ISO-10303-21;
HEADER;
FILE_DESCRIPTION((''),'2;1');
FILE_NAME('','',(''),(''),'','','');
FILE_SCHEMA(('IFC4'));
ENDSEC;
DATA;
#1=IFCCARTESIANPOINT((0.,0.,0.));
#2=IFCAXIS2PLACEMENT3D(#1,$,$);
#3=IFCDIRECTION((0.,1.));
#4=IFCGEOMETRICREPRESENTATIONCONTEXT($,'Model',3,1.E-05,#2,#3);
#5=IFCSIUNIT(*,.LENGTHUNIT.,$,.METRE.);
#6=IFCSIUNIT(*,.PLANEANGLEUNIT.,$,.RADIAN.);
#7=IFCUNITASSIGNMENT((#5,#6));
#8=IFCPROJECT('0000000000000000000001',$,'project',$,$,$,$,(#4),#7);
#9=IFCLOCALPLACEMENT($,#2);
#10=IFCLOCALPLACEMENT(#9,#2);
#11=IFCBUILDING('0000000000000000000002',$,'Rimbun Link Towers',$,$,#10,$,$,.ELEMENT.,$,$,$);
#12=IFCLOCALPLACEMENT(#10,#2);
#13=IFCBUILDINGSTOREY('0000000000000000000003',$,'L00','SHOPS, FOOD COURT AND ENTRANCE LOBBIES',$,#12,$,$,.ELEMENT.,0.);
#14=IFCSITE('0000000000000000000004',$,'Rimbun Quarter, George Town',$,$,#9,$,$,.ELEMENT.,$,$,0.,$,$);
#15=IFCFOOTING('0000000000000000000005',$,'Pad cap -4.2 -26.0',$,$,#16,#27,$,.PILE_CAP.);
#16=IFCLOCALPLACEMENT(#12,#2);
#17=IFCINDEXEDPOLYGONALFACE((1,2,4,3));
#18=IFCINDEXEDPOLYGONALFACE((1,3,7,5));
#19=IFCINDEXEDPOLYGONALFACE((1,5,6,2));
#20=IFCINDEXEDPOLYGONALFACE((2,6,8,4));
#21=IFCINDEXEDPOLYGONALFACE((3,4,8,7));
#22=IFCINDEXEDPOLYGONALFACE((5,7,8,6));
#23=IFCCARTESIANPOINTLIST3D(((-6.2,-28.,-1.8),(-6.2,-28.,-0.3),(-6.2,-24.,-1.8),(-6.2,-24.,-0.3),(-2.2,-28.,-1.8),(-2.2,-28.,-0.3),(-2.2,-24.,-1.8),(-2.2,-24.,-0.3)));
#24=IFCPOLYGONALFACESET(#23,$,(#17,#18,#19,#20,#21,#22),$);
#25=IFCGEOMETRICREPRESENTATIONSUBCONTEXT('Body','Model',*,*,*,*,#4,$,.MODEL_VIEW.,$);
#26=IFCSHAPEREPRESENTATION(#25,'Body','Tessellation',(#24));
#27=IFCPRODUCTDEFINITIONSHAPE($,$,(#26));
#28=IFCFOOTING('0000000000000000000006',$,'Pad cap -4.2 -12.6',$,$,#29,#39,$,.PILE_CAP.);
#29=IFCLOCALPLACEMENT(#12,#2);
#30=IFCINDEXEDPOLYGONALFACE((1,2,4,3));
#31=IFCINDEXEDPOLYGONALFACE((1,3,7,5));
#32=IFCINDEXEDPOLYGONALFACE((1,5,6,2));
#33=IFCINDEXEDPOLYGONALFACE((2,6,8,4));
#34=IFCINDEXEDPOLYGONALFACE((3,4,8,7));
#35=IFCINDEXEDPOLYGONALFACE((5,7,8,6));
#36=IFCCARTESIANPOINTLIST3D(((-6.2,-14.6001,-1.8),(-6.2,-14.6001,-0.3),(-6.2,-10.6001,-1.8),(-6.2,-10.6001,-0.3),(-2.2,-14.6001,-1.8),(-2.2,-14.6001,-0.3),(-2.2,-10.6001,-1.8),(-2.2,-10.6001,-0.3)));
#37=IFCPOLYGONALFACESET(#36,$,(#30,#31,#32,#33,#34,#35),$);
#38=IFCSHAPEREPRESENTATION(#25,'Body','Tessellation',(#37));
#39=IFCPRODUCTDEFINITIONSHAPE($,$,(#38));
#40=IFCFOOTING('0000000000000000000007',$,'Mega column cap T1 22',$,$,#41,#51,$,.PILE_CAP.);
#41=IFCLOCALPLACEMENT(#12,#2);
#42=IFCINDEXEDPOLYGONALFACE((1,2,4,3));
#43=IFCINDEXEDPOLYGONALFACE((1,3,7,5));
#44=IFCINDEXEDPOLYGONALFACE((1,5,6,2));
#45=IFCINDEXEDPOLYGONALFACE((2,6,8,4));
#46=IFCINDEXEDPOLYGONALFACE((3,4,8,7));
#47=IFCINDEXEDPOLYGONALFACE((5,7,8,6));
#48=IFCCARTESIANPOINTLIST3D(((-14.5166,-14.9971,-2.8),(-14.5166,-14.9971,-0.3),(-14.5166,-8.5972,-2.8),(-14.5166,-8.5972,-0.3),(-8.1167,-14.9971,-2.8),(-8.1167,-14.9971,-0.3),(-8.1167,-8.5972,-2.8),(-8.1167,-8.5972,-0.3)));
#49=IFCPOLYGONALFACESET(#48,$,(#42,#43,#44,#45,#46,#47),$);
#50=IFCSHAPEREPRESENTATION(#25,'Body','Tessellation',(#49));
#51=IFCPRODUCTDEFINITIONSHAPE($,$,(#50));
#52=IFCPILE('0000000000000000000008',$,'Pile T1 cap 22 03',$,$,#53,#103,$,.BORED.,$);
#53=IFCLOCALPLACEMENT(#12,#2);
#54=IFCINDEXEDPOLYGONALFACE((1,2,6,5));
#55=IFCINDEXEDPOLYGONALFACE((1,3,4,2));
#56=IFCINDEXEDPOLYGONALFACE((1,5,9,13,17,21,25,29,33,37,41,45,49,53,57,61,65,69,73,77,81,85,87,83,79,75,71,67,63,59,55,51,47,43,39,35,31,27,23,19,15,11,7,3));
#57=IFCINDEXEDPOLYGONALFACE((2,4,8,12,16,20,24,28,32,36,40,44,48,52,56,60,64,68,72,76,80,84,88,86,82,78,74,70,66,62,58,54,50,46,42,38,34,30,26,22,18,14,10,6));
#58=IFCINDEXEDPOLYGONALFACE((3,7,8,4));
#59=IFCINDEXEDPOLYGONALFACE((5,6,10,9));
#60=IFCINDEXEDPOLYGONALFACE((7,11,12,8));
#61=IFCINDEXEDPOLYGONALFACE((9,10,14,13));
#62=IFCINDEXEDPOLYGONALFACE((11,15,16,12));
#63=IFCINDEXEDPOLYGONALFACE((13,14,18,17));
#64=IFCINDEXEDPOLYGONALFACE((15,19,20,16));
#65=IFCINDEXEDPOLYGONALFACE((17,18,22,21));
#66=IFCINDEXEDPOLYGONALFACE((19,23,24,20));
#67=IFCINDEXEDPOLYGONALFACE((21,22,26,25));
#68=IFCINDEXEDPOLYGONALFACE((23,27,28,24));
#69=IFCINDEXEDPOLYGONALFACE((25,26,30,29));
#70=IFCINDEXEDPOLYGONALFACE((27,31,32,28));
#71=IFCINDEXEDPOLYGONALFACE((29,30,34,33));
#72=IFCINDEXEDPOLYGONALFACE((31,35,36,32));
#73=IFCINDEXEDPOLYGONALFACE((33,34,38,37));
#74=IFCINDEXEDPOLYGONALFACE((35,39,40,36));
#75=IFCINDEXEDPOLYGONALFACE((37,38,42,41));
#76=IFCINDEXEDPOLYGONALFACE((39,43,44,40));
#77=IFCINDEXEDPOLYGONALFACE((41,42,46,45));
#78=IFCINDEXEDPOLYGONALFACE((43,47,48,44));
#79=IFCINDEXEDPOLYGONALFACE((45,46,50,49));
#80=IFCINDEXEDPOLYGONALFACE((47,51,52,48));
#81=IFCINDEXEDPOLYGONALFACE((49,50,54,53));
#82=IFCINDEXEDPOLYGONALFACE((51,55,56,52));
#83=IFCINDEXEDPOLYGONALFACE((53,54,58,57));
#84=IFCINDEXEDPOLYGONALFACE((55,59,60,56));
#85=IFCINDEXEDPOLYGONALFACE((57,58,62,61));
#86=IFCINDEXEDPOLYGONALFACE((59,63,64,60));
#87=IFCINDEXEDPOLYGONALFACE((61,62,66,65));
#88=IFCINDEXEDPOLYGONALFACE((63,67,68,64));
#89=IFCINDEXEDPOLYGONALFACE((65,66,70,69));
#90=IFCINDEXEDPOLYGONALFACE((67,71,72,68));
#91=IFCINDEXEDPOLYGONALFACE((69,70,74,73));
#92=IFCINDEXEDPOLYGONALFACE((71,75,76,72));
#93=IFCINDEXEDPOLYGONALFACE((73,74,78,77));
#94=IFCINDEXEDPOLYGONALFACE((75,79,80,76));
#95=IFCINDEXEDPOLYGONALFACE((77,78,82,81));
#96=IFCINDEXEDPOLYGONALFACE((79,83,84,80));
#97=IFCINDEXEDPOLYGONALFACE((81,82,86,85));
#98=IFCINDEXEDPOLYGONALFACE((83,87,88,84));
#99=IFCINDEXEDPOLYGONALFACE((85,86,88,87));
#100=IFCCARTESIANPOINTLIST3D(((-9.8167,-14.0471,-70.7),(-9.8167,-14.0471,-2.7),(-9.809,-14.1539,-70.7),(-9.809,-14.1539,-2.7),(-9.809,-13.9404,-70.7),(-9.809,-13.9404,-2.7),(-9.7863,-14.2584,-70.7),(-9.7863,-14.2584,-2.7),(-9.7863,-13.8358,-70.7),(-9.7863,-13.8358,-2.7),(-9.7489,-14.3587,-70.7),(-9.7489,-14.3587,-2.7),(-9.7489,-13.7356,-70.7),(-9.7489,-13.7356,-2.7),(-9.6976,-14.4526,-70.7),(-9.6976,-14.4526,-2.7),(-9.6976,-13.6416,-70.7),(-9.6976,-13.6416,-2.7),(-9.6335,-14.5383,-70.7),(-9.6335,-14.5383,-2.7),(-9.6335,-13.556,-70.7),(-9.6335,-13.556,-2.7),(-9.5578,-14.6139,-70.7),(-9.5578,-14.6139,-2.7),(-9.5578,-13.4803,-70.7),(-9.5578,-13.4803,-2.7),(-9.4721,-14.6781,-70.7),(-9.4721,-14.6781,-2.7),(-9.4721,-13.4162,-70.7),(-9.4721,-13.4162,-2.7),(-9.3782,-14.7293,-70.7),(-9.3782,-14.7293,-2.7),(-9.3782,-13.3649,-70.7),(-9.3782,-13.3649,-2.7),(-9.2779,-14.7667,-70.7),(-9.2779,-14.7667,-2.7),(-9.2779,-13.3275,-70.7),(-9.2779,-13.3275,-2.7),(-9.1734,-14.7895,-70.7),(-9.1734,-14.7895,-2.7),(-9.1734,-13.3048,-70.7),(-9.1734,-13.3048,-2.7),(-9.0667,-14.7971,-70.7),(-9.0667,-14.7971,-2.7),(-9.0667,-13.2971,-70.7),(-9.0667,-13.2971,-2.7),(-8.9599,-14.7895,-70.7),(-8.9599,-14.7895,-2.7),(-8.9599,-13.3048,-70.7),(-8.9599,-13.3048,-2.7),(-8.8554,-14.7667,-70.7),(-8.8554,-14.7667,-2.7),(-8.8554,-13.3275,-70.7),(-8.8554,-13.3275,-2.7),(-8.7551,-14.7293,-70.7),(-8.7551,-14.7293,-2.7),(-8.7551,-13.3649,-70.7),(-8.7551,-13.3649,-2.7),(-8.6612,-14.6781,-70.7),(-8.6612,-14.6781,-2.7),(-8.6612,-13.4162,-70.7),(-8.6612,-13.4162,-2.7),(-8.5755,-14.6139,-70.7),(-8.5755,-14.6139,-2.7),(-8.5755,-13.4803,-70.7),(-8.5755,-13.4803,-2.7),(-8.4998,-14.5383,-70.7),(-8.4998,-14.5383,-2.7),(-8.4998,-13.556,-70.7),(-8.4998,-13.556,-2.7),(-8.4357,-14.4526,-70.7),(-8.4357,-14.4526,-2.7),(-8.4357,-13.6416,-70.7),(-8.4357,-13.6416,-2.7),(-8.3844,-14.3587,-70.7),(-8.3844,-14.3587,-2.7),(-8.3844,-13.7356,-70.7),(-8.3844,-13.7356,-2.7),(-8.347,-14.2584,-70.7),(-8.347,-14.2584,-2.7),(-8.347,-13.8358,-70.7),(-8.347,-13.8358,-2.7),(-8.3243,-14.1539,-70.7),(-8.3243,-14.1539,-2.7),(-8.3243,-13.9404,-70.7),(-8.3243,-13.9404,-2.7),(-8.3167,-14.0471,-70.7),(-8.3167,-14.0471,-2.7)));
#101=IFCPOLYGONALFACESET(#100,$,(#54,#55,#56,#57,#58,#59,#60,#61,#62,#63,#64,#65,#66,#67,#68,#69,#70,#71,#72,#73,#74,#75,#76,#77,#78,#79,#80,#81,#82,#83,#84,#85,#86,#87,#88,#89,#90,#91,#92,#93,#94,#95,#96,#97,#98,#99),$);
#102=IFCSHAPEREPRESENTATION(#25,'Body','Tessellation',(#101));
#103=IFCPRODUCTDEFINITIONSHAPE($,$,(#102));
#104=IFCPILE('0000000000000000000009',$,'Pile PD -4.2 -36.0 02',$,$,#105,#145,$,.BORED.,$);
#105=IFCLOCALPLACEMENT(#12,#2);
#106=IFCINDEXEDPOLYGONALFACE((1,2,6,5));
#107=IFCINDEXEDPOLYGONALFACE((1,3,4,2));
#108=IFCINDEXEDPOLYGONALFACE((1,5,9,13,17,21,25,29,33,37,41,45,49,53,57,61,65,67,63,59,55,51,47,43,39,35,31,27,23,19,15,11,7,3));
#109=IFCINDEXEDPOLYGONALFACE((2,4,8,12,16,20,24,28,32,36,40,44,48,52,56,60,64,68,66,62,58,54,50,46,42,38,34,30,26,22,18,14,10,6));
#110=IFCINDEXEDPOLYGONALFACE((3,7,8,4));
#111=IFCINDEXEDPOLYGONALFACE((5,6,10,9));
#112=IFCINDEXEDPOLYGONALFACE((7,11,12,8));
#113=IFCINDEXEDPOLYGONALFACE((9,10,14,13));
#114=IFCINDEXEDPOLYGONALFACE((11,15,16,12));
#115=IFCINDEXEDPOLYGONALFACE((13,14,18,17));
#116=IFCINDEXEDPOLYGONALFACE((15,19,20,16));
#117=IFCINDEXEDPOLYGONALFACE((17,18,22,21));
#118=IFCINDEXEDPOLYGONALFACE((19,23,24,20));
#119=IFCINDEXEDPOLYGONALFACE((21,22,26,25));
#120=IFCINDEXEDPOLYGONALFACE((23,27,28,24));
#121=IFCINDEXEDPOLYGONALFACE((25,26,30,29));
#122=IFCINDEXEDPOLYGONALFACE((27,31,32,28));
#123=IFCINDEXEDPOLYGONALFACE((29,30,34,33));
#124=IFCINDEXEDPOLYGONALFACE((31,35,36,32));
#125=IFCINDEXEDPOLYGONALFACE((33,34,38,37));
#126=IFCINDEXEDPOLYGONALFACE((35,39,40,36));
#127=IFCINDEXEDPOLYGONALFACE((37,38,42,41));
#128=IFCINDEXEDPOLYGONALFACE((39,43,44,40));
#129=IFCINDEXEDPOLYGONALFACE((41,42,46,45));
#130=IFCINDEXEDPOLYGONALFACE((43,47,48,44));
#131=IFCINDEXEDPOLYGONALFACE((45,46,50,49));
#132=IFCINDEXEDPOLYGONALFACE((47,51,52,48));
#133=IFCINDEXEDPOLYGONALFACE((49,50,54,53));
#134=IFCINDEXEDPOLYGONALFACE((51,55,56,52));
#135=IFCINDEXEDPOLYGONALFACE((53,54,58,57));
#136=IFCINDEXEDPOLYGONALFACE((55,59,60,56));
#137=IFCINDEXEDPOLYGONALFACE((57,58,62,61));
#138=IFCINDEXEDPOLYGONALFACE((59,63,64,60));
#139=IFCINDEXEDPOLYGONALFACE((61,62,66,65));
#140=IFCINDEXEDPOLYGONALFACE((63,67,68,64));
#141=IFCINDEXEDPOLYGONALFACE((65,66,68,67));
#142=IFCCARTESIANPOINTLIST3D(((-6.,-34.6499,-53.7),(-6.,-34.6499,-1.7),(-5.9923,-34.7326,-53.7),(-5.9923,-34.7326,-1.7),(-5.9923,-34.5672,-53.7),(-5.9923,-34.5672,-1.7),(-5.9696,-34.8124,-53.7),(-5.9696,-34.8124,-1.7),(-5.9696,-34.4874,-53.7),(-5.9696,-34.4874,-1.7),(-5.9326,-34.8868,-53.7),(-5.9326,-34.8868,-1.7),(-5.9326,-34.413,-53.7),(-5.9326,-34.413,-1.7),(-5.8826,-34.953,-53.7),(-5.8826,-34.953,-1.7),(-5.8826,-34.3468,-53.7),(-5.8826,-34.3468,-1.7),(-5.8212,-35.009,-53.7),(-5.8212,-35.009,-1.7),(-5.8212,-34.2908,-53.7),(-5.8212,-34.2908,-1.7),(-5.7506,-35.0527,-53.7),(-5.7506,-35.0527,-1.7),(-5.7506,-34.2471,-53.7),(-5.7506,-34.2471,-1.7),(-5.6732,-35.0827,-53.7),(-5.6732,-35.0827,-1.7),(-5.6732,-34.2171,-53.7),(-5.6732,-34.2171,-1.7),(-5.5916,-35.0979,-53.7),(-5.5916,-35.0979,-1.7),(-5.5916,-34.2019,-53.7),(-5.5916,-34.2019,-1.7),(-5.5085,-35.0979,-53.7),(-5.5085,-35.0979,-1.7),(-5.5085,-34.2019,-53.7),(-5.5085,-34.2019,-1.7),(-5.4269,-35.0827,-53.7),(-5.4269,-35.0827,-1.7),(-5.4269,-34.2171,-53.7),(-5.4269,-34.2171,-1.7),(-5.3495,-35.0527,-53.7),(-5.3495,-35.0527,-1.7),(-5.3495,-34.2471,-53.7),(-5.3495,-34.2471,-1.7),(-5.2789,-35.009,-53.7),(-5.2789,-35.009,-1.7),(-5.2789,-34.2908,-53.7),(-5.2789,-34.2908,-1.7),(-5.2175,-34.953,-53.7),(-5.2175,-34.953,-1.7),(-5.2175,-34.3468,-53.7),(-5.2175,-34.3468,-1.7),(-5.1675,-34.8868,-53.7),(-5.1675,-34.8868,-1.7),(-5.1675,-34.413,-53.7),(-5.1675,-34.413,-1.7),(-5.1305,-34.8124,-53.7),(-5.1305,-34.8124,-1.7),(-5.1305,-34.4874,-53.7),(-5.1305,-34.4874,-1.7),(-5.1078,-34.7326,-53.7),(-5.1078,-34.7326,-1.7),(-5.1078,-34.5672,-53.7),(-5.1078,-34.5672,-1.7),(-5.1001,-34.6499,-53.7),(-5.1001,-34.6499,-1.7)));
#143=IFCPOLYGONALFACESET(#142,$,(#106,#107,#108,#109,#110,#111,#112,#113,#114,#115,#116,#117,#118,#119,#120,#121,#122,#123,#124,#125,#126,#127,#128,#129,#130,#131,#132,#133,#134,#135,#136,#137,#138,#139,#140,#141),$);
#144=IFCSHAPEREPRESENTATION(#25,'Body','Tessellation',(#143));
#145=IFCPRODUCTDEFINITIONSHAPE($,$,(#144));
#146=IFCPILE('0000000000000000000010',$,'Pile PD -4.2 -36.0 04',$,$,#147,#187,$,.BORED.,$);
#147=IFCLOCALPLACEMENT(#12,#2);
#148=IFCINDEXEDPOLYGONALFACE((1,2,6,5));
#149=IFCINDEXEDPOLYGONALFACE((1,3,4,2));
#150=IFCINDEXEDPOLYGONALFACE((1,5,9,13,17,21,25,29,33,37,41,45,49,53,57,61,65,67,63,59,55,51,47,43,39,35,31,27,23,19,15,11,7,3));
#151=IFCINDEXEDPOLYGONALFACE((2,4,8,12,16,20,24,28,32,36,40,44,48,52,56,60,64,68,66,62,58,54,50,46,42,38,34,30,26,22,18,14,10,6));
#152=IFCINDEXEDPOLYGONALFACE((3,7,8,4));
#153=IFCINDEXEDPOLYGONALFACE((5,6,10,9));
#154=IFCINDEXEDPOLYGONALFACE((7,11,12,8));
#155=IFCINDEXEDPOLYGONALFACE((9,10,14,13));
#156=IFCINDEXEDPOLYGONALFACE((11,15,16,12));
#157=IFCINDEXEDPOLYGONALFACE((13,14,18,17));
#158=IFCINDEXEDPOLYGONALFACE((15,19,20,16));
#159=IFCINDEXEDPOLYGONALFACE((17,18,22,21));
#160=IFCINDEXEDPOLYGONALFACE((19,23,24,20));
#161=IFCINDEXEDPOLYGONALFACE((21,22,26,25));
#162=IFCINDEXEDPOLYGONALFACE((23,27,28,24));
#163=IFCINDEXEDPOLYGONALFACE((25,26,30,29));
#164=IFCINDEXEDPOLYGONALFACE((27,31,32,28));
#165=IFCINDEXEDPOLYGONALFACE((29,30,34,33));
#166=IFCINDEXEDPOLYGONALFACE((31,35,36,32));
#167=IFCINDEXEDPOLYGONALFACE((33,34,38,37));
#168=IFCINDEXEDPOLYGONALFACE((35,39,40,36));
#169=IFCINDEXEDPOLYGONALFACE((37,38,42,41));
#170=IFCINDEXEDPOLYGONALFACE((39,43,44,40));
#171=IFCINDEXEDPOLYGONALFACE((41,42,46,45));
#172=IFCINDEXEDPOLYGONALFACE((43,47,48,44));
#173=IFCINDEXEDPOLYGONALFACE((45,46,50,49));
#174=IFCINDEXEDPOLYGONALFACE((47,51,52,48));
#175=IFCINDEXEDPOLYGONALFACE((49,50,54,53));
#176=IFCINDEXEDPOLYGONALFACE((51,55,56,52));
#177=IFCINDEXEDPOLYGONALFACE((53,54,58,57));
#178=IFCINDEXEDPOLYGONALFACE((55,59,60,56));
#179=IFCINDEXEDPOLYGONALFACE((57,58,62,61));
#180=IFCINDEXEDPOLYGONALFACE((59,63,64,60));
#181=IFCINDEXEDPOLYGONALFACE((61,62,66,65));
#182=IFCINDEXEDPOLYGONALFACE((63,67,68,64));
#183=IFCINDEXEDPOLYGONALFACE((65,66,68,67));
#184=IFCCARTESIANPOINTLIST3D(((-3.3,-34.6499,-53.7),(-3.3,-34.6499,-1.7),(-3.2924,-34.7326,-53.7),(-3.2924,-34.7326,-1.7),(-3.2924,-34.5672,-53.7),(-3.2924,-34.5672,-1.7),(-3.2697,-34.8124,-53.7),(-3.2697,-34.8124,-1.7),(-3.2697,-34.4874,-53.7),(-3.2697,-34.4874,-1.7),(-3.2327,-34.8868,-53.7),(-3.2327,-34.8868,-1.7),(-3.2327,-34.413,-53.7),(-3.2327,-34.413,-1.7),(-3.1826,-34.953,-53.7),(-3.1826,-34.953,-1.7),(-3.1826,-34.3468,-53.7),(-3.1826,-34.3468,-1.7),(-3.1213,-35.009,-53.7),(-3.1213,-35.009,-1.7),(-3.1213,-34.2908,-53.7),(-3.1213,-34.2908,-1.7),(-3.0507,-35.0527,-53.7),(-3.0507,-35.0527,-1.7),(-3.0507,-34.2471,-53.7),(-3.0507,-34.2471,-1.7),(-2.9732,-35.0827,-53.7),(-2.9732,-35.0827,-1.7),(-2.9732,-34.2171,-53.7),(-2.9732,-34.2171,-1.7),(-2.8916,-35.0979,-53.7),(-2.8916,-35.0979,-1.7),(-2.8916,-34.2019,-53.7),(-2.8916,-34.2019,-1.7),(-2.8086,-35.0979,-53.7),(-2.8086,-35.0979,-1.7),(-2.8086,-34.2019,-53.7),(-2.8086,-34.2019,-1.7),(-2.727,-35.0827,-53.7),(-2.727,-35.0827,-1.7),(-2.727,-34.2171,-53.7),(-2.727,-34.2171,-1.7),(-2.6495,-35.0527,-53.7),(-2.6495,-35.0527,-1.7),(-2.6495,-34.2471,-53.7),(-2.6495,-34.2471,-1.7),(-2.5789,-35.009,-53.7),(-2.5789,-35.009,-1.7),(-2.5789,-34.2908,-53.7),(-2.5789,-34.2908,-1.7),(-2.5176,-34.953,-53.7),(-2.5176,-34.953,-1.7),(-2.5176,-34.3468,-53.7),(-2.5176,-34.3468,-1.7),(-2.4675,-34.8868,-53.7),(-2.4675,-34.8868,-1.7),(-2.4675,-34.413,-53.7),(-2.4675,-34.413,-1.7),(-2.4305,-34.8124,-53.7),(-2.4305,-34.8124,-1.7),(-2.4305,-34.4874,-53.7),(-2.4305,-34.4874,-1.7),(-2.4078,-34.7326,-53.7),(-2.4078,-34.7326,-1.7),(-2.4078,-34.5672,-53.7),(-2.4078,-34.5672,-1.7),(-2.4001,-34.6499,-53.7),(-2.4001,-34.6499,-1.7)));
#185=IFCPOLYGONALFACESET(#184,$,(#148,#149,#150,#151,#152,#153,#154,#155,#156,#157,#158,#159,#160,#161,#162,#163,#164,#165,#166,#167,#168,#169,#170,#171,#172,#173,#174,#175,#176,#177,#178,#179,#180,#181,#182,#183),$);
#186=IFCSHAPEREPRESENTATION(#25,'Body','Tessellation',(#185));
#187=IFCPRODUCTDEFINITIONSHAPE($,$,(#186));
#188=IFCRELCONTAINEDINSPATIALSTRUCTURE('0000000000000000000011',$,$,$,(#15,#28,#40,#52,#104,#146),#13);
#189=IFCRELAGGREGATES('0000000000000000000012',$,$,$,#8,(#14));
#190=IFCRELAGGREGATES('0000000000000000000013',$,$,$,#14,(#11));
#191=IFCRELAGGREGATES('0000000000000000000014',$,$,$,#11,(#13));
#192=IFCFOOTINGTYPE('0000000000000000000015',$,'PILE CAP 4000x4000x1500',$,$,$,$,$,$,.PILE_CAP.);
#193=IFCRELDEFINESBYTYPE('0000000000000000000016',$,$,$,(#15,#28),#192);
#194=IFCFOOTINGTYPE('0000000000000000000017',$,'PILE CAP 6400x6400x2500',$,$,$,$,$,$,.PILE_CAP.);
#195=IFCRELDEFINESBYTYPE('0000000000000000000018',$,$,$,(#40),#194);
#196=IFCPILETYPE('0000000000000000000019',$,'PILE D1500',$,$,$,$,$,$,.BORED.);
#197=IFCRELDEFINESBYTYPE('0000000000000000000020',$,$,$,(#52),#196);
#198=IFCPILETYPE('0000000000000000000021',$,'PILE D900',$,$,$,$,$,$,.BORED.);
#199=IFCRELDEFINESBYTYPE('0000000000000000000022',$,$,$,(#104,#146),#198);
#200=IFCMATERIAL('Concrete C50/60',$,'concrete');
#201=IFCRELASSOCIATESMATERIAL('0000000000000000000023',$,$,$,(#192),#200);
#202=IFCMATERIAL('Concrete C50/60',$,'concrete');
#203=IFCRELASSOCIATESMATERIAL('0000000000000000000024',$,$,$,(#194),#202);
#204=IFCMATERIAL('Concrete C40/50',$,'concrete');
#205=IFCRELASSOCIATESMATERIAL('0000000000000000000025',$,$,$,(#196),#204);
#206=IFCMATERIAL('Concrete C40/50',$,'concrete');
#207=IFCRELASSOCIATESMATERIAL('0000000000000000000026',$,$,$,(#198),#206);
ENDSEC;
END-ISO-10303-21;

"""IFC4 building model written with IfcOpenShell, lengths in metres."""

from ifc_helpers import new_model, si_unit, direction, frame, origin, origin_2d, place, context, subcontext, project, spatial, rectangle, circle, extrude, material, material_profile, profile_set, type_object, element, save


model = new_model("IFC4")

# Units and contexts
model_context = context("Model", 3, precision=1e-05, world=origin(), true_north=direction((0.0, 1.0)))
body_context = subcontext(model_context, "Body", "Model", "MODEL_VIEW")
ifc_project = project(units=[si_unit("LENGTHUNIT", "METRE"), si_unit("PLANEANGLEUNIT", "RADIAN")], contexts=[model_context])

# Site, building, storey
site_placement = place(None, origin())
site = spatial("IfcSite", under=ifc_project, at=site_placement, Name="Rimbun Quarter, George Town", CompositionType="ELEMENT", RefElevation=0.0)
building_placement = place(site_placement, origin())
building = spatial("IfcBuilding", under=site, at=building_placement, Name="Rimbun Link Towers", CompositionType="ELEMENT")
storey_placement = place(building_placement, origin())
storey = spatial("IfcBuildingStorey", under=building, at=storey_placement, Name="L00", Description="SHOPS, FOOD COURT AND ENTRANCE LOBBIES", CompositionType="ELEMENT", Elevation=0.0)

# Footings
ifc_material_1 = material(Name="Concrete C50/60", Category="concrete")
footing_type_1 = type_object("IfcFootingType", Name="PILE CAP 4000x4000x1500", PredefinedType="PILE_CAP", material=ifc_material_1)
for number, where, z_axis, x_axis, name in (
    (1, (-4.2, -26.0, -1.8), (0.0, 0.0, 1.0), (1.0, 0.0, 0.0), "Pad cap -4.2 -26.0"),
    (2, (-4.2, -12.6001, -1.8), (0.0, 0.0, 1.0), (1.0, 0.0, 0.0), "Pad cap -4.2 -12.6"),
):
    element("IfcFooting", number, at=place(storey_placement, frame(where, z_axis=z_axis, x_axis=x_axis)), inside=storey, type_object=footing_type_1, Name=name, PredefinedType="PILE_CAP", context=body_context, shape_type="SweptSolid", body=[
        extrude(rectangle(XDim=4.0, YDim=4.0, at=origin_2d()), origin(), (0.0, 0.0, 1.0), 1.5),
    ])
ifc_material_2 = material(Name="Concrete C50/60", Category="concrete")
footing_type_2 = type_object("IfcFootingType", Name="PILE CAP 6400x6400x2500", PredefinedType="PILE_CAP", material=ifc_material_2)
footing_placement = place(storey_placement, frame((-11.3167, -11.7971, -2.8), z_axis=(0.0, 0.0, 1.0), x_axis=(1.0, 0.0, 0.0)))
element("IfcFooting", 3, at=footing_placement, inside=storey, type_object=footing_type_2, Name="Mega column cap T1 22", PredefinedType="PILE_CAP", context=body_context, shape_type="SweptSolid", body=[
    extrude(rectangle(XDim=6.3999, YDim=6.3999, at=origin_2d()), origin(), (0.0, 0.0, 1.0), 2.5),
])

# Piles
ifc_material_3 = material(Name="Concrete C40/50", Category="concrete")
ifc_material_profile_1 = material_profile(ifc_material_3, circle(Radius=0.75, at=origin_2d()), Name="PILE D1500")
ifc_profile_set_1 = profile_set([ifc_material_profile_1], Name="Concrete C40/50")
pile_type_1 = type_object("IfcPileType", Name="PILE D1500", PredefinedType="BORED", material=ifc_profile_set_1)
pile_placement = place(storey_placement, frame((-9.0667, -14.0471, -2.7), z_axis=(0.0, 0.0, -1.0), x_axis=(1.0, 0.0, 0.0)))
element("IfcPile", 4, at=pile_placement, inside=storey, type_object=pile_type_1, Name="Pile T1 cap 22 03", PredefinedType="BORED", context=body_context, shape_type="SweptSolid", body=[
    extrude(circle(Radius=0.75, at=origin_2d()), origin(), (0.0, 0.0, 1.0), 68.0),
])
ifc_material_4 = material(Name="Concrete C40/50", Category="concrete")
ifc_material_profile_2 = material_profile(ifc_material_4, circle(Radius=0.45, at=origin_2d()), Name="PILE D900")
ifc_profile_set_2 = profile_set([ifc_material_profile_2], Name="Concrete C40/50")
pile_type_2 = type_object("IfcPileType", Name="PILE D900", PredefinedType="BORED", material=ifc_profile_set_2)
for number, where, z_axis, x_axis, name in (
    (5, (-5.55, -34.6499, -1.7), (0.0, 0.0, -1.0), (1.0, 0.0, 0.0), "Pile PD -4.2 -36.0 02"),
    (6, (-2.8501, -34.6499, -1.7), (0.0, 0.0, -1.0), (1.0, 0.0, 0.0), "Pile PD -4.2 -36.0 04"),
):
    element("IfcPile", number, at=place(storey_placement, frame(where, z_axis=z_axis, x_axis=x_axis)), inside=storey, type_object=pile_type_2, Name=name, PredefinedType="BORED", context=body_context, shape_type="SweptSolid", body=[
        extrude(circle(Radius=0.45, at=origin_2d()), origin(), (0.0, 0.0, 1.0), 52.0),
    ])

save(model, "model.ifc")
